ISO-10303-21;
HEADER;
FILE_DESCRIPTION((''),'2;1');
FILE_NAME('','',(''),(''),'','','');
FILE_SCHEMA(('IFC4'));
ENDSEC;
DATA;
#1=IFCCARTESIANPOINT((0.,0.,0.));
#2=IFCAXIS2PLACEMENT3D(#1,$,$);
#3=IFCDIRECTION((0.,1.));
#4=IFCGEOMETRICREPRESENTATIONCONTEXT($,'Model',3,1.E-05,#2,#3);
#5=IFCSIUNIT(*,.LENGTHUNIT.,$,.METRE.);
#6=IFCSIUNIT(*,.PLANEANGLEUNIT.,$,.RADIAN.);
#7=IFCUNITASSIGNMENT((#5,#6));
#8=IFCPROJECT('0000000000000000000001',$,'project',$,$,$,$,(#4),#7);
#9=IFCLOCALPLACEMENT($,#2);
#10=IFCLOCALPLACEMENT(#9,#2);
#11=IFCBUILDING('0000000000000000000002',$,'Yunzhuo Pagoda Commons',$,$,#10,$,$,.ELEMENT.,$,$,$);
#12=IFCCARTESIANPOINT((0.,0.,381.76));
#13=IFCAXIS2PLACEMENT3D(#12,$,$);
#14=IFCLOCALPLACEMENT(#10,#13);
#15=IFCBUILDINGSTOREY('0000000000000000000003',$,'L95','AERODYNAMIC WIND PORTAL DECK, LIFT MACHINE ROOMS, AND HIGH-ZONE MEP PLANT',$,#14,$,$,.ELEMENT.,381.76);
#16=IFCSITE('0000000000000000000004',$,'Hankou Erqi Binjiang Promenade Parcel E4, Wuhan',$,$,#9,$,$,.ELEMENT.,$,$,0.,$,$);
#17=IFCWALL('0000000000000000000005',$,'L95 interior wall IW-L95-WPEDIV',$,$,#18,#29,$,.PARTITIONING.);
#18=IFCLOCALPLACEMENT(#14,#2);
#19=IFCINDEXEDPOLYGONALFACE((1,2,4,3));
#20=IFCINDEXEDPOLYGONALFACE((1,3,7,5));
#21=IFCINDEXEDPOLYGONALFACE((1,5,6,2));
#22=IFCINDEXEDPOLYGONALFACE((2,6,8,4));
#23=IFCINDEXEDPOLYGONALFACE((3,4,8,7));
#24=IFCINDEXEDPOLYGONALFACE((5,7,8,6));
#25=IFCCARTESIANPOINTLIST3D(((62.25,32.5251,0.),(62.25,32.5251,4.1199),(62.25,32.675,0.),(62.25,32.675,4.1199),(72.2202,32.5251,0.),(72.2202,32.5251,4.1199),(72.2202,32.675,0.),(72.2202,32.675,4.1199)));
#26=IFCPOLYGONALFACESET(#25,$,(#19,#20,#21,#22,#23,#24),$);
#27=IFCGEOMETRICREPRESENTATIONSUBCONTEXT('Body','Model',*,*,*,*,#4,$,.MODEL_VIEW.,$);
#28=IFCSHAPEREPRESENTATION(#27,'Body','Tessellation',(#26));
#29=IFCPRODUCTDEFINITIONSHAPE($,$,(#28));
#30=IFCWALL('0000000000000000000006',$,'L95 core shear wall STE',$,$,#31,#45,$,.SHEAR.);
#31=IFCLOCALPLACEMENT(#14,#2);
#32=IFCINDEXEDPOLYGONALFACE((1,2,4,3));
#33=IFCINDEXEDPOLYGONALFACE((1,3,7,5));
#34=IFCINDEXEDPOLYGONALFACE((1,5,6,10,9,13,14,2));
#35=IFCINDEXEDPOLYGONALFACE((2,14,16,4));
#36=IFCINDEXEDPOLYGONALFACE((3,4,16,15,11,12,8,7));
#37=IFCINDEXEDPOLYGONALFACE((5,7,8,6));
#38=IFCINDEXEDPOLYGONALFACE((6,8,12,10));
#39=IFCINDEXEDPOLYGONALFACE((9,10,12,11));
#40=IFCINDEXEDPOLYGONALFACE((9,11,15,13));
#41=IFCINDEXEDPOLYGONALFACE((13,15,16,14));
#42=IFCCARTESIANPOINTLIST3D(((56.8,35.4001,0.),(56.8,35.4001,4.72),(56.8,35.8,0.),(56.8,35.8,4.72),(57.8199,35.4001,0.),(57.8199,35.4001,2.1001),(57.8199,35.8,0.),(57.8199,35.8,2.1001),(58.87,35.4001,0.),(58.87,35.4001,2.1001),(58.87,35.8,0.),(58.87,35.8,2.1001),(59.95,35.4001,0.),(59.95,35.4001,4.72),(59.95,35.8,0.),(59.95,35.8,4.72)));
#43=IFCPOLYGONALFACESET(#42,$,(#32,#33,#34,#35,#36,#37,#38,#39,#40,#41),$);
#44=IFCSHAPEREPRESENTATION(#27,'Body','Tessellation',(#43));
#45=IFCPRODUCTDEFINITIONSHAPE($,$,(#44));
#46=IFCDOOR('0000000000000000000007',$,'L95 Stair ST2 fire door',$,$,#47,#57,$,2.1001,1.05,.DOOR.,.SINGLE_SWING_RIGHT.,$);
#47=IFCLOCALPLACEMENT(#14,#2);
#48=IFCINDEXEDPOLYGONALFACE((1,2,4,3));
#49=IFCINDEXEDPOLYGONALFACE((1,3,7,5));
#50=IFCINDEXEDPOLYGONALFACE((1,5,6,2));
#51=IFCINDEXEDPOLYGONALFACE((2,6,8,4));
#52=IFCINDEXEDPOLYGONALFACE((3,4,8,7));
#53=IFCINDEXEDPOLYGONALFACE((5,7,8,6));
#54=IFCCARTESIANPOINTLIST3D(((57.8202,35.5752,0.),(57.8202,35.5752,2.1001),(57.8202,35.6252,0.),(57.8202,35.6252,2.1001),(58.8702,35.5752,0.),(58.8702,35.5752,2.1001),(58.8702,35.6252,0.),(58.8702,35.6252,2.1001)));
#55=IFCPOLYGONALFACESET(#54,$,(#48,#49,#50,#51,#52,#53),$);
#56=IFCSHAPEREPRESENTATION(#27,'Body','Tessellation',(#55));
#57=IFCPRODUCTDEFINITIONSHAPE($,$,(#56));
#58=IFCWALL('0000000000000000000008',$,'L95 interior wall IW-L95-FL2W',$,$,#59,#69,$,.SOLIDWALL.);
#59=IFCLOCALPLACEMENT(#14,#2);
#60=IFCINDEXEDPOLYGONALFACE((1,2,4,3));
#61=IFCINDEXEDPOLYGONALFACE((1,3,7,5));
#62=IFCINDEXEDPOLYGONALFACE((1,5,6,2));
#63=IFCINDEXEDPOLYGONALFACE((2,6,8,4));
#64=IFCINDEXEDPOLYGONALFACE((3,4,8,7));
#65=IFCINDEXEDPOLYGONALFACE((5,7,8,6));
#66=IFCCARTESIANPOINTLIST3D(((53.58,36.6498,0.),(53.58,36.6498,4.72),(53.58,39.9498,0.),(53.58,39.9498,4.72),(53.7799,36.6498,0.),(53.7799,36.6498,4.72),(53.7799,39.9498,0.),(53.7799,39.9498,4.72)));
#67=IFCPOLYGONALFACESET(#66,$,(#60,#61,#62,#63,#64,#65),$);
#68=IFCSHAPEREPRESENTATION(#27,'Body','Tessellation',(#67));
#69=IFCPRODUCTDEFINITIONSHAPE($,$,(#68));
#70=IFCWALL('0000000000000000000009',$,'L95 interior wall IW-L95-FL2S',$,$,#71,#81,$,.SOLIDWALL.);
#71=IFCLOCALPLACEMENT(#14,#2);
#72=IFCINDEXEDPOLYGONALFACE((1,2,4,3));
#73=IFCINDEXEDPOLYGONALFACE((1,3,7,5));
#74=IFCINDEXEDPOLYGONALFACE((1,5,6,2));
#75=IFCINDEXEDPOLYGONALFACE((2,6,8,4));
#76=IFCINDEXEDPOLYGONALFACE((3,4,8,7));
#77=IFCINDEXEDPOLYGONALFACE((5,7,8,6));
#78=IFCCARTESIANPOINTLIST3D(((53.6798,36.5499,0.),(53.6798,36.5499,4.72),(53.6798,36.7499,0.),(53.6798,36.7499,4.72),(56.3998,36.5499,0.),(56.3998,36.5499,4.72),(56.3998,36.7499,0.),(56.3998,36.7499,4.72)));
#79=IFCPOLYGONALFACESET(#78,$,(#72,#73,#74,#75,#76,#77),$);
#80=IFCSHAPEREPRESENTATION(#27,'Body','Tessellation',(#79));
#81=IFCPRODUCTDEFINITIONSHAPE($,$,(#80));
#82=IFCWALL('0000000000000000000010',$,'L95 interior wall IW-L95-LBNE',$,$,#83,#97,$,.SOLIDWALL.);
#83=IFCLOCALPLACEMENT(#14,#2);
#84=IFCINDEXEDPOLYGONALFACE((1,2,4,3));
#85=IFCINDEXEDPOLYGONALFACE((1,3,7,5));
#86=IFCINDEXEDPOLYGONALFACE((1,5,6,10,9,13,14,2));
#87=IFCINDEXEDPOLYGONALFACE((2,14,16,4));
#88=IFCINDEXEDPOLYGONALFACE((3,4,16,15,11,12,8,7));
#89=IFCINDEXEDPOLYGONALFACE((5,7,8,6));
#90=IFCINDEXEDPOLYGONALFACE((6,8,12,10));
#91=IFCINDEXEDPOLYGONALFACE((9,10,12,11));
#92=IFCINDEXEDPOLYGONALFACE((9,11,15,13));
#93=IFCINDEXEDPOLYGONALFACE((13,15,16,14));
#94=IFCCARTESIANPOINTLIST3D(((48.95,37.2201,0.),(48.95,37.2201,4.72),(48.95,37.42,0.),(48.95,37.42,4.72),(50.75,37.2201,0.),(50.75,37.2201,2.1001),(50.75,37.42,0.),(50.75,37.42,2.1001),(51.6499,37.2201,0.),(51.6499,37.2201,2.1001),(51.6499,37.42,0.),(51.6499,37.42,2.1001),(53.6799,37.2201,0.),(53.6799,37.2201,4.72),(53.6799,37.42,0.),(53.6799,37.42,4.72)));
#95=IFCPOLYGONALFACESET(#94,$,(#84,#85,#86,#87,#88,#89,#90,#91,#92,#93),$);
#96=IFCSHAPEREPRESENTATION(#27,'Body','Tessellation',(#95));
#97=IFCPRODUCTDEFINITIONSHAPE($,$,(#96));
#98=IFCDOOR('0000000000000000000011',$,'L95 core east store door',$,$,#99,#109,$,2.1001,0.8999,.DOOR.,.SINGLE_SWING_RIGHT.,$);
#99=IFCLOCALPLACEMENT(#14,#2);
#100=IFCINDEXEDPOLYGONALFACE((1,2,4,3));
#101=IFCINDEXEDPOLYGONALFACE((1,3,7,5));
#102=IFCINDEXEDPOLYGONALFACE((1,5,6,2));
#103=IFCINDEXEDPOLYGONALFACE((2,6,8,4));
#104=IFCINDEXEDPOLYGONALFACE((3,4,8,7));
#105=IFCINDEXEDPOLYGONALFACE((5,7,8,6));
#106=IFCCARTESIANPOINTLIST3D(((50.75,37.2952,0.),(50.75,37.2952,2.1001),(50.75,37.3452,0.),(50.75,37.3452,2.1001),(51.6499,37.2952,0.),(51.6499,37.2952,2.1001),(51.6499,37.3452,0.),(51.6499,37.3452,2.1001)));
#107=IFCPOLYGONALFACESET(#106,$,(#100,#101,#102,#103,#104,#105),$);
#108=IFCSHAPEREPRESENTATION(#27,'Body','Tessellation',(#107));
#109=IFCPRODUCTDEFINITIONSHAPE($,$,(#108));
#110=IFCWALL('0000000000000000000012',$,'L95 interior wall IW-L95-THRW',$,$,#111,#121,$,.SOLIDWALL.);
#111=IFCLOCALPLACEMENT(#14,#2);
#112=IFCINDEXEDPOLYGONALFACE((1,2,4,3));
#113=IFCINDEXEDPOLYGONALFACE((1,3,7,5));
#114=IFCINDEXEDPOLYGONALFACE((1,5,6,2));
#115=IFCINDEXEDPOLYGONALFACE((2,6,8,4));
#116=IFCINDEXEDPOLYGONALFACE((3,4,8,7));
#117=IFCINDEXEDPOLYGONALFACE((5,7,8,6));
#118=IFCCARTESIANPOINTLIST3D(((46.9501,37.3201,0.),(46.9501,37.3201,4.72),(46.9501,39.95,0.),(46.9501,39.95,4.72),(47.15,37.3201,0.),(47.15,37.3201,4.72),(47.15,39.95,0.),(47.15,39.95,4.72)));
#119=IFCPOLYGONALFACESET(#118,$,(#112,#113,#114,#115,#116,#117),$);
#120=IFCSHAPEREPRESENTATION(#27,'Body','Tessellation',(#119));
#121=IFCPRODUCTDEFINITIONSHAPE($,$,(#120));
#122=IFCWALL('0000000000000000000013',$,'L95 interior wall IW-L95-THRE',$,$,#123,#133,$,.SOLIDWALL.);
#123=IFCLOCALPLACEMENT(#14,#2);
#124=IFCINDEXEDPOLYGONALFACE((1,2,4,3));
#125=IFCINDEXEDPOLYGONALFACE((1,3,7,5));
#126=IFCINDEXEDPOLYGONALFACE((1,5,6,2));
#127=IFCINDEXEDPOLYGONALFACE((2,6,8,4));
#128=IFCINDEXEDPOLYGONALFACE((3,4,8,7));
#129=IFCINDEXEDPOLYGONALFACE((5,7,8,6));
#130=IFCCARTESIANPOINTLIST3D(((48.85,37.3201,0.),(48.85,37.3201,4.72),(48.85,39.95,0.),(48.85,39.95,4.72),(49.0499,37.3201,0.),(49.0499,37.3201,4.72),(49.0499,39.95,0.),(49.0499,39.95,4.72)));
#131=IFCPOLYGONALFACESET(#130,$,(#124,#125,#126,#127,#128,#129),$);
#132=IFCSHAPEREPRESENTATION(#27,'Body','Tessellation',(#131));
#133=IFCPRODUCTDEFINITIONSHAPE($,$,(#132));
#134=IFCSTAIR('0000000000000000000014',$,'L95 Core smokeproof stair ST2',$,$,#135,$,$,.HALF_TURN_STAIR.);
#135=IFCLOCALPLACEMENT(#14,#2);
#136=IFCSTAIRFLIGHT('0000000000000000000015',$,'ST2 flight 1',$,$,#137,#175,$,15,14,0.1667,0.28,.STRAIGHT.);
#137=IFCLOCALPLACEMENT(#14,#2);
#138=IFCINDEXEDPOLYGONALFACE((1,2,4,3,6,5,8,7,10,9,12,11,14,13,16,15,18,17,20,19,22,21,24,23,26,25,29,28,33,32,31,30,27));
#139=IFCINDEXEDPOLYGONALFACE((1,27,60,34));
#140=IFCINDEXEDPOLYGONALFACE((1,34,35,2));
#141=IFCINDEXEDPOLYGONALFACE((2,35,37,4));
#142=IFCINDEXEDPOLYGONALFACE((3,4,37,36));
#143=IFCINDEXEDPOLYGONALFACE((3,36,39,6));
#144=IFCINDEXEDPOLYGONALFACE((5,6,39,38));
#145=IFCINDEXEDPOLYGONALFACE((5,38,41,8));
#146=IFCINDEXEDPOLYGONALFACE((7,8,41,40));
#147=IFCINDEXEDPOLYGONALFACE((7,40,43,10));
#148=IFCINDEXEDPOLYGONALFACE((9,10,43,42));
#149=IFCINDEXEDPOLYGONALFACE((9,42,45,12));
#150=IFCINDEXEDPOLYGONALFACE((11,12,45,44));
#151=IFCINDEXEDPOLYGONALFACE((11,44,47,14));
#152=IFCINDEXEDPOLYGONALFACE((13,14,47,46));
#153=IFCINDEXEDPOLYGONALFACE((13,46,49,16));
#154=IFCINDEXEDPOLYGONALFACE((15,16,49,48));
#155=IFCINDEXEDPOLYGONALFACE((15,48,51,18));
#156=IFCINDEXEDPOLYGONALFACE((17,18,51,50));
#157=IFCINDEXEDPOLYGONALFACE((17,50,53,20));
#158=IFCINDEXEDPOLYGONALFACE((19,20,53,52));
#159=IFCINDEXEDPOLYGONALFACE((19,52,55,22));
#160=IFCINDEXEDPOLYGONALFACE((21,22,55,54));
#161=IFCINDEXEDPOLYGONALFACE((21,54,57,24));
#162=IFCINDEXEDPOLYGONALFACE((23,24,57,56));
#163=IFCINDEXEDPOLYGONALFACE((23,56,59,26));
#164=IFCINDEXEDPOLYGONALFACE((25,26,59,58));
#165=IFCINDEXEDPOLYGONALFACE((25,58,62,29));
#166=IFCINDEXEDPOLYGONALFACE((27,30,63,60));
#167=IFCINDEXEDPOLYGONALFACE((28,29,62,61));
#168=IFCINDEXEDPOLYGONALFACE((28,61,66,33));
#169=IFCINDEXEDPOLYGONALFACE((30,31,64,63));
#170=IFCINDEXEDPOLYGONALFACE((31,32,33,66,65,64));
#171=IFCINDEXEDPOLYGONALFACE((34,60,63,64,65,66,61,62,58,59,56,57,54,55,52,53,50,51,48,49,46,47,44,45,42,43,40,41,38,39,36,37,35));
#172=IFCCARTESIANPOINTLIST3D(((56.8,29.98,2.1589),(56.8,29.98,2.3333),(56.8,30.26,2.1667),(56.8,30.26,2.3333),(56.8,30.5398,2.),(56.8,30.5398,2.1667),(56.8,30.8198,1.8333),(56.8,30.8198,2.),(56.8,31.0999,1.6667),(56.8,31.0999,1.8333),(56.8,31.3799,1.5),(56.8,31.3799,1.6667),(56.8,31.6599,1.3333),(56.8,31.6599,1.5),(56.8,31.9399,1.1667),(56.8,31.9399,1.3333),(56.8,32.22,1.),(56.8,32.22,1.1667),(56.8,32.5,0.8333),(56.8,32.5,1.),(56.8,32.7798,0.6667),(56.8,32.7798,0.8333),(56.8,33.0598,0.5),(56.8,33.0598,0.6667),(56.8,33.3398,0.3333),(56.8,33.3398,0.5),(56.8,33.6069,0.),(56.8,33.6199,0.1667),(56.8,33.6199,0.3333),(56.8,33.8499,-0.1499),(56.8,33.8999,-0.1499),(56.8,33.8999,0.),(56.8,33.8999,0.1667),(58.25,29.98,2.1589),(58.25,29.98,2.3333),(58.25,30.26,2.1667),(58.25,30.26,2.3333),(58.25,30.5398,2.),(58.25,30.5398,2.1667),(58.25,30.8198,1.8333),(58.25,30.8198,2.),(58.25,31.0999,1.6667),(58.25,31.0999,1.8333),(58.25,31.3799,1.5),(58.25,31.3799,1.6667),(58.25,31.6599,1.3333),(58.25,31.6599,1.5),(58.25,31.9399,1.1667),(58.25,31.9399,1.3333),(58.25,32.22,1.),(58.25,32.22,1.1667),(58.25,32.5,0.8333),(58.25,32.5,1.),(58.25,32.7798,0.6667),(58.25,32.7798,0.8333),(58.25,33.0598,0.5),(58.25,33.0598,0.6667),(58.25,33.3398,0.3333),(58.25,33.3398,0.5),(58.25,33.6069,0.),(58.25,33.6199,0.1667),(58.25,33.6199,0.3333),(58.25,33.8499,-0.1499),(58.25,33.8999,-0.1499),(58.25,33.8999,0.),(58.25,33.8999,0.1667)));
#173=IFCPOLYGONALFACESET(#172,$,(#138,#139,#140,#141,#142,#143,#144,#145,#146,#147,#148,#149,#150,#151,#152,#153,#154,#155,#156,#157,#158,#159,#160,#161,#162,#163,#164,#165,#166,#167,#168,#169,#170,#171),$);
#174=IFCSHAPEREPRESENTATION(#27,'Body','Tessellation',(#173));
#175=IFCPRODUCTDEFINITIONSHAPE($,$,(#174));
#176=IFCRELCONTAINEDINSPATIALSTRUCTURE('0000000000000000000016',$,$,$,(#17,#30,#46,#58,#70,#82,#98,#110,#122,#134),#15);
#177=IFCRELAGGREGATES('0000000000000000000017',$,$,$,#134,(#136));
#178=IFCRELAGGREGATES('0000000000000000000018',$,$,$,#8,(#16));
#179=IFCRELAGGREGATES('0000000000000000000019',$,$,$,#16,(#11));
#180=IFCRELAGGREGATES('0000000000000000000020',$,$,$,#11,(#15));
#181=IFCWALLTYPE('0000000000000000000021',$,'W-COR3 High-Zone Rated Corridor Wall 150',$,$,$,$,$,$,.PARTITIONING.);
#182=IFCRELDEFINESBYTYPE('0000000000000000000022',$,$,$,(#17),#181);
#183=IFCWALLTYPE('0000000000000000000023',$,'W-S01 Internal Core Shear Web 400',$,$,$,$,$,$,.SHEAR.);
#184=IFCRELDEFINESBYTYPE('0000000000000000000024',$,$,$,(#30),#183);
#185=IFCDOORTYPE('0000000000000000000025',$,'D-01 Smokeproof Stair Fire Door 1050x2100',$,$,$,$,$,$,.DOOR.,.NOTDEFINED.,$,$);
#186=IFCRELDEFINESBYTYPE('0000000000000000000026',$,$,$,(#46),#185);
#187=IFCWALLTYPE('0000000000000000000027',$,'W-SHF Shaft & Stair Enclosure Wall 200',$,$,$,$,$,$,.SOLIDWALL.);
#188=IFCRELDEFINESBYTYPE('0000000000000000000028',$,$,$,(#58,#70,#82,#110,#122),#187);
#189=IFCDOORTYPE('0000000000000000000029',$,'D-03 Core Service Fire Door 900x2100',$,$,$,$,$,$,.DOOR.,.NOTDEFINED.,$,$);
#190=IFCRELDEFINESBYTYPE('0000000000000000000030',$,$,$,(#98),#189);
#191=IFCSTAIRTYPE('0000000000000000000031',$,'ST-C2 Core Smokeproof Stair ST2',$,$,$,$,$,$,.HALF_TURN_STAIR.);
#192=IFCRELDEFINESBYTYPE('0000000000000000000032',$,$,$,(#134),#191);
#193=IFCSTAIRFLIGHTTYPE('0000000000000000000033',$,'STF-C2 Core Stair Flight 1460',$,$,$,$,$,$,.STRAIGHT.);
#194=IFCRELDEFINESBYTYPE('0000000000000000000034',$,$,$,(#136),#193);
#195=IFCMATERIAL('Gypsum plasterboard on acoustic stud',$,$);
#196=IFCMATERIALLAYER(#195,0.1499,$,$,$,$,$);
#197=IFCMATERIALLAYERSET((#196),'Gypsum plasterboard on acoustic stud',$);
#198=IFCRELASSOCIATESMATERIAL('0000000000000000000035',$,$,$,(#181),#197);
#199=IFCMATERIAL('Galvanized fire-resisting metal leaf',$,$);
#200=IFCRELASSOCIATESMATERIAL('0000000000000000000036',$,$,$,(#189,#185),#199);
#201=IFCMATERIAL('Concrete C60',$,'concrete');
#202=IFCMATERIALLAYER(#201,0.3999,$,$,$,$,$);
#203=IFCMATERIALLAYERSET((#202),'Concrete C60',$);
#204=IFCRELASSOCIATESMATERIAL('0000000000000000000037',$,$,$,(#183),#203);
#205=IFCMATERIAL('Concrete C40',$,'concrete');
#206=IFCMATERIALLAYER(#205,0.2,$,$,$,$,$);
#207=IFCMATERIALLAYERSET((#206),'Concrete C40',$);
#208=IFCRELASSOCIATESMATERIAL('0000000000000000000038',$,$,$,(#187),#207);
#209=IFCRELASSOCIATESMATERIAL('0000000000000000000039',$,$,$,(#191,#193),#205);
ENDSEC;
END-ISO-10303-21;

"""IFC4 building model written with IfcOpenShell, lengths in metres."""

from ifc_helpers import new_model, si_unit, direction, frame, frame_2d, origin, place, context, subcontext, project, spatial, polyline, rectangle, outline, extrude, source, transform, mapped, material, layer, layer_set, type_object, element, fill, aggregate, save


model = new_model("IFC4")

# Units and contexts
model_context = context("Model", 3, precision=1e-05, world=origin(), true_north=direction((0.0, 1.0)))
body_context = subcontext(model_context, "Body", "Model", "MODEL_VIEW")
ifc_project = project(units=[si_unit("LENGTHUNIT", "METRE"), si_unit("PLANEANGLEUNIT", "RADIAN")], contexts=[model_context])

# Site, building, storey
site_placement = place(None, origin())
site = spatial("IfcSite", under=ifc_project, at=site_placement, Name="Hankou Erqi Binjiang Promenade Parcel E4, Wuhan", CompositionType="ELEMENT", RefElevation=0.0)
building_placement = place(site_placement, origin())
building = spatial("IfcBuilding", under=site, at=building_placement, Name="Yunzhuo Pagoda Commons", CompositionType="ELEMENT")
storey_placement = place(building_placement, frame((0.0, 0.0, 381.76)))
storey = spatial("IfcBuildingStorey", under=building, at=storey_placement, Name="L95", Description="AERODYNAMIC WIND PORTAL DECK, LIFT MACHINE ROOMS, AND HIGH-ZONE MEP PLANT", CompositionType="ELEMENT", Elevation=381.76)

# Shared definitions
ifc_material_1 = material(Name="Gypsum plasterboard on acoustic stud")
ifc_layer_1 = layer(ifc_material_1, 0.1499)
ifc_layer_set_1 = layer_set([ifc_layer_1], Name="Gypsum plasterboard on acoustic stud")
wall_type_1 = type_object("IfcWallType", Name="W-COR3 High-Zone Rated Corridor Wall 150", PredefinedType="PARTITIONING", material=ifc_layer_set_1)
ifc_material_2 = material(Name="Galvanized fire-resisting metal leaf")
door_type_1 = type_object("IfcDoorType", Name="D-03 Core Service Fire Door 900x2100", OperationType="NOTDEFINED", PredefinedType="DOOR", material=ifc_material_2)
shared_shape_1 = source(origin(), body_context, "Body", "SweptSolid", [
    extrude(rectangle(XDim=0.8999, YDim=2.1001, at=frame_2d((0.45, 1.05))), frame((0.0, 0.0249, 0.0), z_axis=(0.0, -1.0, 0.0), x_axis=(1.0, 0.0, 0.0)), (0.0, 0.0, 1.0), 0.05),
])

# Wall
wall_1_placement = place(storey_placement, frame((62.25, 32.6001, 0.0), z_axis=(0.0, 0.0, 1.0), x_axis=(1.0, 0.0, 0.0)))
element("IfcWall", 1, at=wall_1_placement, inside=storey, type_object=wall_type_1, Name="L95 interior wall IW-L95-WPEDIV", PredefinedType="PARTITIONING", context=body_context, shape_type="SweptSolid", body=[
    extrude(rectangle(XDim=9.9702, YDim=0.1499, at=frame_2d((4.9851, 0.0))), origin(), (0.0, 0.0, 1.0), 4.1199),
])

# Wall, opening, door
ifc_material_3 = material(Name="Concrete C60", Category="concrete")
ifc_layer_2 = layer(ifc_material_3, 0.3999)
ifc_layer_set_2 = layer_set([ifc_layer_2], Name="Concrete C60")
wall_type_2 = type_object("IfcWallType", Name="W-S01 Internal Core Shear Web 400", PredefinedType="SHEAR", material=ifc_layer_set_2)
wall_2_placement = place(storey_placement, frame((56.8, 35.6001, 0.0), z_axis=(0.0, 0.0, 1.0), x_axis=(1.0, 0.0, 0.0)))
wall_2 = element("IfcWall", 2, at=wall_2_placement, inside=storey, type_object=wall_type_2, Name="L95 core shear wall STE", PredefinedType="SHEAR", context=body_context, shape_type="SweptSolid", body=[
    extrude(rectangle(XDim=3.1499, YDim=0.3999, at=frame_2d((1.575, 0.0))), origin(), (0.0, 0.0, 1.0), 4.72),
])
opening_1_placement = place(wall_2_placement, frame((1.02, 0.0, 0.0)))
opening_1 = element("IfcOpeningElement", 3, at=opening_1_placement, cuts=wall_2, PredefinedType="OPENING", context=body_context, shape_type="SweptSolid", body=[
    extrude(rectangle(XDim=1.05, YDim=2.1001, at=frame_2d((0.5249, 1.05))), frame((0.0, 0.21, 0.0), z_axis=(0.0, -1.0, 0.0), x_axis=(1.0, 0.0, 0.0)), (0.0, 0.0, 1.0), 0.4199),
])
door_type_2 = type_object("IfcDoorType", Name="D-01 Smokeproof Stair Fire Door 1050x2100", OperationType="NOTDEFINED", PredefinedType="DOOR", material=ifc_material_2)
shared_shape_2 = source(origin(), body_context, "Body", "SweptSolid", [
    extrude(rectangle(XDim=1.05, YDim=2.1001, at=frame_2d((0.5249, 1.05))), frame((0.0, 0.0249, 0.0), z_axis=(0.0, -1.0, 0.0), x_axis=(1.0, 0.0, 0.0)), (0.0, 0.0, 1.0), 0.05),
])
door_1_placement = place(opening_1_placement, frame((1.05, 0.0, 0.0), z_axis=(0.0, 0.0, 1.0), x_axis=(-1.0, 0.0, 0.0)))
door_1 = element("IfcDoor", 4, at=door_1_placement, inside=storey, type_object=door_type_2, Name="L95 Stair ST2 fire door", OperationType="SINGLE_SWING_RIGHT", OverallHeight=2.1001, OverallWidth=1.05, PredefinedType="DOOR", context=body_context, shape_type="MappedRepresentation", body=[
    mapped(shared_shape_2, transform((0.0, 0.0, 0.0), scale=1.0)),
])
fill(opening_1, door_1)

# Walls
ifc_material_4 = material(Name="Concrete C40", Category="concrete")
ifc_layer_3 = layer(ifc_material_4, 0.2)
ifc_layer_set_3 = layer_set([ifc_layer_3], Name="Concrete C40")
wall_type_3 = type_object("IfcWallType", Name="W-SHF Shaft & Stair Enclosure Wall 200", PredefinedType="SOLIDWALL", material=ifc_layer_set_3)
wall_3_placement = place(storey_placement, frame((53.6799, 36.6499, 0.0), z_axis=(0.0, 0.0, 1.0), x_axis=(0.0, 1.0, 0.0)))
element("IfcWall", 5, at=wall_3_placement, inside=storey, type_object=wall_type_3, Name="L95 interior wall IW-L95-FL2W", PredefinedType="SOLIDWALL", context=body_context, shape_type="SweptSolid", body=[
    extrude(rectangle(XDim=3.3, YDim=0.2, at=frame_2d((1.6499, 0.0))), origin(), (0.0, 0.0, 1.0), 4.72),
])
wall_4_placement = place(storey_placement, frame((53.6799, 36.6499, 0.0), z_axis=(0.0, 0.0, 1.0), x_axis=(1.0, 0.0, 0.0)))
element("IfcWall", 6, at=wall_4_placement, inside=storey, type_object=wall_type_3, Name="L95 interior wall IW-L95-FL2S", PredefinedType="SOLIDWALL", context=body_context, shape_type="SweptSolid", body=[
    extrude(rectangle(XDim=2.72, YDim=0.2, at=frame_2d((1.3599, 0.0))), origin(), (0.0, 0.0, 1.0), 4.72),
])

# Wall, opening, door
wall_5_placement = place(storey_placement, frame((48.95, 37.3201, 0.0), z_axis=(0.0, 0.0, 1.0), x_axis=(1.0, 0.0, 0.0)))
wall_5 = element("IfcWall", 7, at=wall_5_placement, inside=storey, type_object=wall_type_3, Name="L95 interior wall IW-L95-LBNE", PredefinedType="SOLIDWALL", context=body_context, shape_type="SweptSolid", body=[
    extrude(rectangle(XDim=4.73, YDim=0.2, at=frame_2d((2.365, 0.0))), origin(), (0.0, 0.0, 1.0), 4.72),
])
opening_2_placement = place(wall_5_placement, frame((1.8, 0.0, 0.0)))
opening_2 = element("IfcOpeningElement", 8, at=opening_2_placement, cuts=wall_5, PredefinedType="OPENING", context=body_context, shape_type="SweptSolid", body=[
    extrude(rectangle(XDim=0.8999, YDim=2.1001, at=frame_2d((0.45, 1.05))), frame((0.0, 0.1099, 0.0), z_axis=(0.0, -1.0, 0.0), x_axis=(1.0, 0.0, 0.0)), (0.0, 0.0, 1.0), 0.22),
])
door_2_placement = place(opening_2_placement, frame((0.8999, 0.0, 0.0), z_axis=(0.0, 0.0, 1.0), x_axis=(-1.0, 0.0, 0.0)))
door_2 = element("IfcDoor", 9, at=door_2_placement, inside=storey, type_object=door_type_1, Name="L95 core east store door", OperationType="SINGLE_SWING_RIGHT", OverallHeight=2.1001, OverallWidth=0.8999, PredefinedType="DOOR", context=body_context, shape_type="MappedRepresentation", body=[
    mapped(shared_shape_1, transform((0.0, 0.0, 0.0), scale=1.0)),
])
fill(opening_2, door_2)

# Walls
for number, where, z_axis, x_axis, name in (
    (10, (47.05, 37.3201, 0.0), (0.0, 0.0, 1.0), (0.0, 1.0, 0.0), "L95 interior wall IW-L95-THRW"),
    (11, (48.95, 37.3201, 0.0), (0.0, 0.0, 1.0), (0.0, 1.0, 0.0), "L95 interior wall IW-L95-THRE"),
):
    element("IfcWall", number, at=place(storey_placement, frame(where, z_axis=z_axis, x_axis=x_axis)), inside=storey, type_object=wall_type_3, Name=name, PredefinedType="SOLIDWALL", context=body_context, shape_type="SweptSolid", body=[
        extrude(rectangle(XDim=2.6299, YDim=0.2, at=frame_2d((1.3149, 0.0))), origin(), (0.0, 0.0, 1.0), 4.72),
    ])

# Stair, stair flight
stair_type = type_object("IfcStairType", Name="ST-C2 Core Smokeproof Stair ST2", PredefinedType="HALF_TURN_STAIR", material=ifc_material_4)
stair_placement = place(storey_placement, origin())
stair = element("IfcStair", 12, at=stair_placement, inside=storey, type_object=stair_type, Name="L95 Core smokeproof stair ST2", PredefinedType="HALF_TURN_STAIR")
stair_flight_type = type_object("IfcStairFlightType", Name="STF-C2 Core Stair Flight 1460", PredefinedType="STRAIGHT", material=ifc_material_4)
shared_shape_3 = source(origin(), body_context, "Body", "SweptSolid", [
    extrude(outline(polyline([(0.0, -0.1499), (0.0, 0.0), (0.0, 0.1667), (0.28, 0.1667), (0.28, 0.3333), (0.5601, 0.3333), (0.5601, 0.5), (0.8401, 0.5), (0.8401, 0.6667), (1.1201, 0.6667), (1.1201, 0.8333), (1.3999, 0.8333), (1.3999, 1.0), (1.6799, 1.0), (1.6799, 1.1667), (1.96, 1.1667), (1.96, 1.3333), (2.24, 1.3333), (2.24, 1.5), (2.52, 1.5), (2.52, 1.6667), (2.8, 1.6667), (2.8, 1.8333), (3.0801, 1.8333), (3.0801, 2.0), (3.3601, 2.0), (3.3601, 2.1667), (3.6399, 2.1667), (3.6399, 2.3333), (3.9199, 2.3333), (3.9199, 2.5), (3.9199, 2.1589), (0.293, 0.0), (0.05, -0.1499), (0.0, -0.1499)])), frame((0.0, 0.7251, 0.0), z_axis=(0.0, -1.0, 0.0), x_axis=(1.0, 0.0, 0.0)), (0.0, 0.0, 1.0), 1.45),
])
stair_flight_placement = place(storey_placement, frame((57.5249, 33.8999, 0.0), z_axis=(0.0, 0.0, 1.0), x_axis=(0.0, -1.0, 0.0)))
stair_flight = element("IfcStairFlight", 13, at=stair_flight_placement, type_object=stair_flight_type, Name="ST2 flight 1", NumberOfRisers=15, NumberOfTreads=14, PredefinedType="STRAIGHT", RiserHeight=0.1667, TreadLength=0.28, context=body_context, shape_type="MappedRepresentation", body=[
    mapped(shared_shape_3, transform((0.0, 0.0, 0.0), scale=1.0)),
])
aggregate(stair, [stair_flight])

save(model, "model.ifc")
